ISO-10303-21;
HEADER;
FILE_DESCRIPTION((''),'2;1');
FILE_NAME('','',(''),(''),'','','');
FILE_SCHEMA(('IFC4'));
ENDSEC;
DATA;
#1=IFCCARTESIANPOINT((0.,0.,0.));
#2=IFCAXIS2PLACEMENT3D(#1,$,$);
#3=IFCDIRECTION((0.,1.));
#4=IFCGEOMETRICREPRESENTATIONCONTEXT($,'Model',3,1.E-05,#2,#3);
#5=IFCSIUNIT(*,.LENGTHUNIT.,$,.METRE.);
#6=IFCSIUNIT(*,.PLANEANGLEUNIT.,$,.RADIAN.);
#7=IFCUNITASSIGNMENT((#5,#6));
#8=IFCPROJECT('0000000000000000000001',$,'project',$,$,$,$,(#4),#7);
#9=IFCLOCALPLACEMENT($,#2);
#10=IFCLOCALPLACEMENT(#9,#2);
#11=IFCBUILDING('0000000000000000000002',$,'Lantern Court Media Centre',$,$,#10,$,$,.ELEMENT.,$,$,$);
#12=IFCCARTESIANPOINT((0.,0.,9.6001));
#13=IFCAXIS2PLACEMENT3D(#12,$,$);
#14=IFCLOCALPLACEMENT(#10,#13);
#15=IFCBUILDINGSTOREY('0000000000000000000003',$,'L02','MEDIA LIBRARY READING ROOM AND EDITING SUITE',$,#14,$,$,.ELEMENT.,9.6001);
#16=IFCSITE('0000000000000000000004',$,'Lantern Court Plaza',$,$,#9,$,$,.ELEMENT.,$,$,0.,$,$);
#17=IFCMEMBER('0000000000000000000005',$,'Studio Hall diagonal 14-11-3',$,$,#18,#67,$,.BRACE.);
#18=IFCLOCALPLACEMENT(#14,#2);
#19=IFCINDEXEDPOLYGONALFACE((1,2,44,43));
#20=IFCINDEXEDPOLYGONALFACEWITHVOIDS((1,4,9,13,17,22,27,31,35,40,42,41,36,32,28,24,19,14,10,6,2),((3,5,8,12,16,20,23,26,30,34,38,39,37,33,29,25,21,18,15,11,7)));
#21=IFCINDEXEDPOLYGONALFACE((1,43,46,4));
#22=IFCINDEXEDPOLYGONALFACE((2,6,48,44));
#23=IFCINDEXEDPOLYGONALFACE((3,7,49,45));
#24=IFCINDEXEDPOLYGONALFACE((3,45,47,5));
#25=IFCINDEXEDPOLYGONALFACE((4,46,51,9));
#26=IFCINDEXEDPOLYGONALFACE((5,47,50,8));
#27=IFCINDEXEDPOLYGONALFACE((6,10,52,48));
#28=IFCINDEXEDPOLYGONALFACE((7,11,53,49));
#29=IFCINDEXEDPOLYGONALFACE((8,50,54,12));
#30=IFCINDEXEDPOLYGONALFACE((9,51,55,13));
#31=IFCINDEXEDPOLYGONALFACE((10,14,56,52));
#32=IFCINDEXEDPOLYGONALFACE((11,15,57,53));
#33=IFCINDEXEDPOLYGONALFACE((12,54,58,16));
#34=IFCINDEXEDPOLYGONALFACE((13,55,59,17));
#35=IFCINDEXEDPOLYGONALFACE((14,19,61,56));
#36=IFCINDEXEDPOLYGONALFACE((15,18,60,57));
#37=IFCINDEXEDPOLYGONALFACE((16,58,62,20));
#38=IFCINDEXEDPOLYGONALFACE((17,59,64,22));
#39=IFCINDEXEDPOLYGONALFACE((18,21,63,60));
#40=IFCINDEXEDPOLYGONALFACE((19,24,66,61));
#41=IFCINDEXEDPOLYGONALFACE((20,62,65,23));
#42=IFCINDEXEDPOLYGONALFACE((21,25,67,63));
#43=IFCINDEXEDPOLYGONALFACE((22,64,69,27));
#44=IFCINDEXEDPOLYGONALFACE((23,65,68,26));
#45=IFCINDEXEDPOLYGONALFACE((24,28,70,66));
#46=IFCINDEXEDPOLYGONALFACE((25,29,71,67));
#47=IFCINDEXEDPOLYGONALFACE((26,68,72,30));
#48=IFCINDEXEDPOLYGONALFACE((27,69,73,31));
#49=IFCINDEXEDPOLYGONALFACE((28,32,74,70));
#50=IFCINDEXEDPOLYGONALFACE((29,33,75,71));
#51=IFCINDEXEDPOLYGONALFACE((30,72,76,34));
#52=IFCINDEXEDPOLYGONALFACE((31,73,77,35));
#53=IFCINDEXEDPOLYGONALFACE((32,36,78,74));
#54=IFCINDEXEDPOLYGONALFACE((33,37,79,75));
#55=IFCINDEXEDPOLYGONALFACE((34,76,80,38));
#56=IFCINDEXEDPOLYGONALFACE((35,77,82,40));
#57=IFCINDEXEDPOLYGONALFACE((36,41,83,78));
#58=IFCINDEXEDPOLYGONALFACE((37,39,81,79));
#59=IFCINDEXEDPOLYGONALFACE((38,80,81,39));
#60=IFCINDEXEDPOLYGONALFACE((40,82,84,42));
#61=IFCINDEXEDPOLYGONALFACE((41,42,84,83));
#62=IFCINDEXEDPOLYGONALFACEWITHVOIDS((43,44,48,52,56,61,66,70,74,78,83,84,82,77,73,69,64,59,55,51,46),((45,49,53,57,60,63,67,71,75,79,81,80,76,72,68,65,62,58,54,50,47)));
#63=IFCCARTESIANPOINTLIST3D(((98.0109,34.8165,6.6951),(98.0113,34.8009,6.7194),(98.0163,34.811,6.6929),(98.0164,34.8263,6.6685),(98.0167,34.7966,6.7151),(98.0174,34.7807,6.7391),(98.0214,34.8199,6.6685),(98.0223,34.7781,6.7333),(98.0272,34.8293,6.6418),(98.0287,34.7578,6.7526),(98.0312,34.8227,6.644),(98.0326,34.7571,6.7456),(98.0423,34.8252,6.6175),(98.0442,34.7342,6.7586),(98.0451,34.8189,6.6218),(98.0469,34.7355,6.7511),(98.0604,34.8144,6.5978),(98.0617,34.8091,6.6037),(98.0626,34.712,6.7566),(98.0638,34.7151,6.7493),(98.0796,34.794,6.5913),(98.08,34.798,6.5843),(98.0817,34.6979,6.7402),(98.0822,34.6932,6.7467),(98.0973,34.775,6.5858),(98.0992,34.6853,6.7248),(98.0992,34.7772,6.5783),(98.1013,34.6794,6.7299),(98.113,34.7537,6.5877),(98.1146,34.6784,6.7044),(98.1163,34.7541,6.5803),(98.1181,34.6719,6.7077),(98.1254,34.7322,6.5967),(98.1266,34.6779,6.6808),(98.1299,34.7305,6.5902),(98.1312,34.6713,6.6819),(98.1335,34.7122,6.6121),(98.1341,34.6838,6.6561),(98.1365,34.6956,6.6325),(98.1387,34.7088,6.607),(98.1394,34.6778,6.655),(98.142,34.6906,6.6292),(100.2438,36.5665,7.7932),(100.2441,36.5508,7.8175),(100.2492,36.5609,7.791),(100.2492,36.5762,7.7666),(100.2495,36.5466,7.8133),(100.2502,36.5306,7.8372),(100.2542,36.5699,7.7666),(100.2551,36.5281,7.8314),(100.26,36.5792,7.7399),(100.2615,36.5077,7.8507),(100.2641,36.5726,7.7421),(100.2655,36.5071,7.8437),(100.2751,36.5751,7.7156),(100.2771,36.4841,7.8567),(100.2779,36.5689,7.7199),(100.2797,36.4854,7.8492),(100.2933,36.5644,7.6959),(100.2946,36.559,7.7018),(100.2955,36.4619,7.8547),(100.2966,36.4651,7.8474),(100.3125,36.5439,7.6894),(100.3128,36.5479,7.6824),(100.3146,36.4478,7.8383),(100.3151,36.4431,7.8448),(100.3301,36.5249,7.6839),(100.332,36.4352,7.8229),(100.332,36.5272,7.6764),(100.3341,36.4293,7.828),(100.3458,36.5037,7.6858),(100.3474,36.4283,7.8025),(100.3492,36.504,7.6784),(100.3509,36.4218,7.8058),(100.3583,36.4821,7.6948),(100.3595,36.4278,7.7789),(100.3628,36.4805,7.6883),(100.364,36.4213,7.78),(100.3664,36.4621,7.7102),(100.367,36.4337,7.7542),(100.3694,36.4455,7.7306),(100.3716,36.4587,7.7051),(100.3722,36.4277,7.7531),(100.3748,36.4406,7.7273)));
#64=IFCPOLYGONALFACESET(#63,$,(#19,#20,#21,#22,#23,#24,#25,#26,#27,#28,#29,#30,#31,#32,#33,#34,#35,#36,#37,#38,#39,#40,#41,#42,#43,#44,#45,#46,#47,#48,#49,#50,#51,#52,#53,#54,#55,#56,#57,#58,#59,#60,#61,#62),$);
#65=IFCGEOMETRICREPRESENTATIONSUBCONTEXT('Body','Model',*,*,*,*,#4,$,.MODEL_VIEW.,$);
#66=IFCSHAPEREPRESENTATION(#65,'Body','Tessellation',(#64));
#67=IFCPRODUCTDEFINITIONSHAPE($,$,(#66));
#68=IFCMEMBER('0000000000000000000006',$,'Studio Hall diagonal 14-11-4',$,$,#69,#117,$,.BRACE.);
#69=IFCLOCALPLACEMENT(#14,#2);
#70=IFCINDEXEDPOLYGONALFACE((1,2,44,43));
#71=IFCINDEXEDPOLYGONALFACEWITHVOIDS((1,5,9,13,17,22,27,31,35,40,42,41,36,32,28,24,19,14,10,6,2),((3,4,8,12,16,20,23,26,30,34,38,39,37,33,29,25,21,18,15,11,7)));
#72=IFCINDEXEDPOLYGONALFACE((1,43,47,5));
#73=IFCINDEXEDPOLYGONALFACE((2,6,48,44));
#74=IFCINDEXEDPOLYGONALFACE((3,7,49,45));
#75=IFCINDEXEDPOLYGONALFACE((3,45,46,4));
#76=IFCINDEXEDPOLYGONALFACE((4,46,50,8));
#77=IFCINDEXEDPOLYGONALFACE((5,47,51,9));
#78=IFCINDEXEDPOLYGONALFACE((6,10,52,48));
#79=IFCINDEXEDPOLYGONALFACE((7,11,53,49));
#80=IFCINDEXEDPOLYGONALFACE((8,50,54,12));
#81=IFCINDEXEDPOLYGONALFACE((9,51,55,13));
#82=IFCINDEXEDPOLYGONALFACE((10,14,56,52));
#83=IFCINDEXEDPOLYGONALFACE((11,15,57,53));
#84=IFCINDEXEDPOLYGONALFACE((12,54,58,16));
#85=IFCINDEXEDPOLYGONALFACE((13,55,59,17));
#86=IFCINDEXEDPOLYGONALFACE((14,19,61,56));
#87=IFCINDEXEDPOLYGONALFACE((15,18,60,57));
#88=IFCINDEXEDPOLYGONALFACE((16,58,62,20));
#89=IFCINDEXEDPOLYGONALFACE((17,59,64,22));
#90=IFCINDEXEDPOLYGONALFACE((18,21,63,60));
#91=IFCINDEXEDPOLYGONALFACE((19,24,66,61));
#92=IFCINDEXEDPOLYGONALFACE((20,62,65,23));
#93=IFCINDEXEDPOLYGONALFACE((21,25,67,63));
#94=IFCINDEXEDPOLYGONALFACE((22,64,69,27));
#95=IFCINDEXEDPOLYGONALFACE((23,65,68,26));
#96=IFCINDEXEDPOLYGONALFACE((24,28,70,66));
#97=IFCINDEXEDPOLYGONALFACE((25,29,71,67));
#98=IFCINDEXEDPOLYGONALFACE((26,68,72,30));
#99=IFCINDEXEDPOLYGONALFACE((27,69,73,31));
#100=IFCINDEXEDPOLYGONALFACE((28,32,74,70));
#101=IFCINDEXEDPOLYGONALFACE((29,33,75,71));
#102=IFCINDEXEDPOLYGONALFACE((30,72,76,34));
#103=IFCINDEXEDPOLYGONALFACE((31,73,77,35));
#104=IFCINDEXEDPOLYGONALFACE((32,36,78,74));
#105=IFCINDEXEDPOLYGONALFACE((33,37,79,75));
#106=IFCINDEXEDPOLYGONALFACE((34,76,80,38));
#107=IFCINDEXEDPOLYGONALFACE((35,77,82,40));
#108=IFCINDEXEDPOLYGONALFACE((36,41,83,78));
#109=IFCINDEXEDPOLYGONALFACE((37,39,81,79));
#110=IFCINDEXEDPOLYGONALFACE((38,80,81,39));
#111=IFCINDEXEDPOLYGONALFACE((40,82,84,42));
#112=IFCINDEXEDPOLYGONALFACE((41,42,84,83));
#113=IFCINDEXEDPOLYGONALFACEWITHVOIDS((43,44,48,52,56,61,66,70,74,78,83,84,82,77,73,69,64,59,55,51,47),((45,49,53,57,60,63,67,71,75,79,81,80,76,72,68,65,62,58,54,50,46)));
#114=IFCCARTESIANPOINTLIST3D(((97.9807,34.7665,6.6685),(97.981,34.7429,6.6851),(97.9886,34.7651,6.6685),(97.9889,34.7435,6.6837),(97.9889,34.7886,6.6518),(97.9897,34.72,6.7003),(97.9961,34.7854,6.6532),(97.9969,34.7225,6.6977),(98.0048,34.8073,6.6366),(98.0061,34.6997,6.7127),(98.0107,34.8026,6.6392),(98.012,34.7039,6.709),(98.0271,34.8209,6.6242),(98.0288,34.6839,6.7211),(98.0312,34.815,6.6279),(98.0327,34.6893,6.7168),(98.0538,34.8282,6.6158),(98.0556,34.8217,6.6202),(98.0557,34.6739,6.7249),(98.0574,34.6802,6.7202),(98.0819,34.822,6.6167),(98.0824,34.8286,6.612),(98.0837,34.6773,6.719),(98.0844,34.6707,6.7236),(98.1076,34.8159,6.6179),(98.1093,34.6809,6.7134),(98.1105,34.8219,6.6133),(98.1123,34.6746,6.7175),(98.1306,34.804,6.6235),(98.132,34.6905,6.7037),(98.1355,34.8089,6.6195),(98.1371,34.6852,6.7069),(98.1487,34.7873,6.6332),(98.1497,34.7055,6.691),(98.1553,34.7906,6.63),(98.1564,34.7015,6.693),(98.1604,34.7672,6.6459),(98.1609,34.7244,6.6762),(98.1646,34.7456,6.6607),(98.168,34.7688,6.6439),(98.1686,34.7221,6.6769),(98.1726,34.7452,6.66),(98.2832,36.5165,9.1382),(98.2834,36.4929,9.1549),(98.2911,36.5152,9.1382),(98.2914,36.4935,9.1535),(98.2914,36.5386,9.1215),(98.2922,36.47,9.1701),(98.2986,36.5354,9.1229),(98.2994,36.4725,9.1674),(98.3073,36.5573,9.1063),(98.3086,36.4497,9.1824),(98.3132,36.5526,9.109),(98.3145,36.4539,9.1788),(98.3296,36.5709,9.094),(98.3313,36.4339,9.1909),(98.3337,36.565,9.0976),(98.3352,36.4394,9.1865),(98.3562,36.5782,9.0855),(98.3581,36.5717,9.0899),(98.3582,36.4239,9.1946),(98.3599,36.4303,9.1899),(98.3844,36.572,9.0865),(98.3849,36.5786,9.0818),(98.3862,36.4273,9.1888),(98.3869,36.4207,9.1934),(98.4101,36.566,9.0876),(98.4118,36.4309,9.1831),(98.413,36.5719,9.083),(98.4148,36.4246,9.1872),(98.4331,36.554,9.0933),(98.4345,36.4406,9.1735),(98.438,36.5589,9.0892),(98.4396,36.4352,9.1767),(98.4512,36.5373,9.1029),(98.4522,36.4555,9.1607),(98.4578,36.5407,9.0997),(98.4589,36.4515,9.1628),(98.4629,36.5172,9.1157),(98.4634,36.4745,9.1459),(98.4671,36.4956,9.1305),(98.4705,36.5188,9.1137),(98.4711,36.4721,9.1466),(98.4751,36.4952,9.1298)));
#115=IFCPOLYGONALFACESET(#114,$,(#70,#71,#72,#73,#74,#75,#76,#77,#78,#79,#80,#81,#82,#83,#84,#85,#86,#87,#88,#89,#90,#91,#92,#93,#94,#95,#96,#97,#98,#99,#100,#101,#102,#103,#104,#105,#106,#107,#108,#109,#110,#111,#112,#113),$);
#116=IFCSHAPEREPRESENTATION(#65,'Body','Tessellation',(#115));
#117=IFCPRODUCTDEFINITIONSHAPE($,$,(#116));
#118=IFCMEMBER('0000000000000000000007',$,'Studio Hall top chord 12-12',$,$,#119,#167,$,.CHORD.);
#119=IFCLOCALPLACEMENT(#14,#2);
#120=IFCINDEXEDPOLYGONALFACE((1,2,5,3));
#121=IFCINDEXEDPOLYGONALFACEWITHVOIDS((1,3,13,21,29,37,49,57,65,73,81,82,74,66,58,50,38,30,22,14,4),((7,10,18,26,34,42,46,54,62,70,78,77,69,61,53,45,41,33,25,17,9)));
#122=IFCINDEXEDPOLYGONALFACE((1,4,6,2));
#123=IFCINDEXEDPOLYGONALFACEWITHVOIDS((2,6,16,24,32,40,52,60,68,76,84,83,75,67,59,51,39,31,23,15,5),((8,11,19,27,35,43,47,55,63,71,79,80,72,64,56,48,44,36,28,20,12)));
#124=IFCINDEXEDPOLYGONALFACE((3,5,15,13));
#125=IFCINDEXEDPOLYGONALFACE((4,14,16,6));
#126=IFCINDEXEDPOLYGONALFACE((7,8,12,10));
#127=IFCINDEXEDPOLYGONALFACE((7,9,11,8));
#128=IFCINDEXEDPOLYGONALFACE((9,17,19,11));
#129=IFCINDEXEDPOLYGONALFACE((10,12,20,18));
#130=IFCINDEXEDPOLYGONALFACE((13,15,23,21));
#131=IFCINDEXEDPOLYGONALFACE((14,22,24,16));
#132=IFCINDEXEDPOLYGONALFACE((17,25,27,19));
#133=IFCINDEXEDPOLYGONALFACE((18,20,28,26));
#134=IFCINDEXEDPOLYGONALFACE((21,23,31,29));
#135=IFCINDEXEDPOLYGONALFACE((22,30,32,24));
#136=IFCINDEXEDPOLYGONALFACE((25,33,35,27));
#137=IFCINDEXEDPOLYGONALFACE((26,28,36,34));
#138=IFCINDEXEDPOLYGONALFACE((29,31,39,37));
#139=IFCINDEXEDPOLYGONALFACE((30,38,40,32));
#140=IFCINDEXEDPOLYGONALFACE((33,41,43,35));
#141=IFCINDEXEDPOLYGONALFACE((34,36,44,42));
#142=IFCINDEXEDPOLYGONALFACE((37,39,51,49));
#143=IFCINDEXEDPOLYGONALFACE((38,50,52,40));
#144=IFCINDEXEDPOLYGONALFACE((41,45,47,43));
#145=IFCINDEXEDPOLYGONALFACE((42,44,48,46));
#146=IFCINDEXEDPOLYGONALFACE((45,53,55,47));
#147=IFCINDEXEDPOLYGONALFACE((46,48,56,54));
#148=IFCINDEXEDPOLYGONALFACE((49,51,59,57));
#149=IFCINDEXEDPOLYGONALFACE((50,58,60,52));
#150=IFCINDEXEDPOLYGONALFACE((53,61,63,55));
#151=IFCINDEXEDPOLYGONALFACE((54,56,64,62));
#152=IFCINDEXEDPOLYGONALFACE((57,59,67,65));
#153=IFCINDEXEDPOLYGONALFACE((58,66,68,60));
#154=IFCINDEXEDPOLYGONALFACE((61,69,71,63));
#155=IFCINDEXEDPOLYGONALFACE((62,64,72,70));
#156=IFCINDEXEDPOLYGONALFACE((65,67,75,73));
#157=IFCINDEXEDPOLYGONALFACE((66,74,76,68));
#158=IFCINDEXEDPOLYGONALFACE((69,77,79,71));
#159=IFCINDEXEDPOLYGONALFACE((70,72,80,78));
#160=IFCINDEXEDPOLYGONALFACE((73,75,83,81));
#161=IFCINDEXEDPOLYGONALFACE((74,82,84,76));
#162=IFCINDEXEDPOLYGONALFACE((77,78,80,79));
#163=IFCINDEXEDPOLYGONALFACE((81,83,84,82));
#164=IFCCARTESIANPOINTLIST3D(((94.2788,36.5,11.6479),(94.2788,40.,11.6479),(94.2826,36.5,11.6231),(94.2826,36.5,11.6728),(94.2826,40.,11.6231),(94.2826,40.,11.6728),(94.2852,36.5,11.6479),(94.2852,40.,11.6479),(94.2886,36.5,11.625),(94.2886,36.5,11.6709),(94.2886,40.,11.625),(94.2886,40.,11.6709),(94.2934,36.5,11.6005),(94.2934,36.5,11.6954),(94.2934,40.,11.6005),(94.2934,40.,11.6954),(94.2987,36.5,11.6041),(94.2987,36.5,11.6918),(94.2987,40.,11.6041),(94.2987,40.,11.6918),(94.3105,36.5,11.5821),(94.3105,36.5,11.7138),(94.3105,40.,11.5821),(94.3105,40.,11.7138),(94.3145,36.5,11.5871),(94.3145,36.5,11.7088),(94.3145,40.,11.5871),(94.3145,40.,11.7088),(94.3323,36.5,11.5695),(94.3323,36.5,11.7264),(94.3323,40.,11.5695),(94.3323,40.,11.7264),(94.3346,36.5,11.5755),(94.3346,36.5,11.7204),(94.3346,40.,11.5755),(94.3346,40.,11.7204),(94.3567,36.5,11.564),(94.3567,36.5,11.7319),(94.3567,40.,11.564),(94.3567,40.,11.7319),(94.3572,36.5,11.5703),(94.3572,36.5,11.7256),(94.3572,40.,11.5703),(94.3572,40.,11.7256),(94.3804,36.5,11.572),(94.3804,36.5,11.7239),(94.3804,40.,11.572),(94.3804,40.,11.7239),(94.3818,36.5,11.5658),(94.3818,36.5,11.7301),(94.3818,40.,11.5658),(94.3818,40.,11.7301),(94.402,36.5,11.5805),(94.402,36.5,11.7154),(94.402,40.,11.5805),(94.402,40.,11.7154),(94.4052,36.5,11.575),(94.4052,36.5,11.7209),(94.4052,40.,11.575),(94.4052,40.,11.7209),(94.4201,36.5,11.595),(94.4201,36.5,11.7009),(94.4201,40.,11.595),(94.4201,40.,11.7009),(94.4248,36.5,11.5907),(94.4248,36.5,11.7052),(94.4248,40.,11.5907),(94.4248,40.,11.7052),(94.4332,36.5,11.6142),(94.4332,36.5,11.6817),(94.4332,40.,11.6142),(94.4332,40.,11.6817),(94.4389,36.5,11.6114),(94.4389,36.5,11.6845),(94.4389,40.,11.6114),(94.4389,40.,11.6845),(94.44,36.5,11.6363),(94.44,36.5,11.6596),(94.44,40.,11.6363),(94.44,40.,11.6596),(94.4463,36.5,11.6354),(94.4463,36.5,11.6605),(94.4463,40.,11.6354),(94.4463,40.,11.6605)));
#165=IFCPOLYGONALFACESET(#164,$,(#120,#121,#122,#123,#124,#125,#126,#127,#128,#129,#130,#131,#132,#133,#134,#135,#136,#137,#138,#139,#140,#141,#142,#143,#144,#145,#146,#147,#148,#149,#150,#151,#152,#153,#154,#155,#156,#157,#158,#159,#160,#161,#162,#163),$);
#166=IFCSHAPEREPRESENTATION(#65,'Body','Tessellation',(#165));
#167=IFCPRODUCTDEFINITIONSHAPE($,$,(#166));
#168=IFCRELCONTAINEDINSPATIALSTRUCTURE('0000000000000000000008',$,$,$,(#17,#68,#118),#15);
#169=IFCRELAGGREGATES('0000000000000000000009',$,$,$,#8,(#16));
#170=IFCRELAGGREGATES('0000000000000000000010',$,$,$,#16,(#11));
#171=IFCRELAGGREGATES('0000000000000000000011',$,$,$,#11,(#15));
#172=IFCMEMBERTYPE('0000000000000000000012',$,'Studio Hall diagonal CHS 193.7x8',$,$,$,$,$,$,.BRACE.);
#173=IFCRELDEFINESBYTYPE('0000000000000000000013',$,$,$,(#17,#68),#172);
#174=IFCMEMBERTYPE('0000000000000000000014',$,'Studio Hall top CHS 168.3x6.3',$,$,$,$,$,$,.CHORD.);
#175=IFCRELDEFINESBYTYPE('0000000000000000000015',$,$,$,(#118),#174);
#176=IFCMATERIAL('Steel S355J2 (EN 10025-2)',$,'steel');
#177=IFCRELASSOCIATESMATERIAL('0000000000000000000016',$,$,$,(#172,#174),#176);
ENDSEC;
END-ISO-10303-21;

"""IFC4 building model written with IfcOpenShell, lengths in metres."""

from ifc_helpers import new_model, si_unit, direction, frame, origin, origin_2d, place, context, subcontext, project, spatial, hollow_circle, extrude, material, material_profile, profile_set, type_object, element, save


model = new_model("IFC4")

# Units and contexts
model_context = context("Model", 3, precision=1e-05, world=origin(), true_north=direction((0.0, 1.0)))
body_context = subcontext(model_context, "Body", "Model", "MODEL_VIEW")
ifc_project = project(units=[si_unit("LENGTHUNIT", "METRE"), si_unit("PLANEANGLEUNIT", "RADIAN")], contexts=[model_context])

# Site, building, storey
site_placement = place(None, origin())
site = spatial("IfcSite", under=ifc_project, at=site_placement, Name="Lantern Court Plaza", CompositionType="ELEMENT", RefElevation=0.0)
building_placement = place(site_placement, origin())
building = spatial("IfcBuilding", under=site, at=building_placement, Name="Lantern Court Media Centre", CompositionType="ELEMENT")
storey_placement = place(building_placement, frame((0.0, 0.0, 9.6001)))
storey = spatial("IfcBuildingStorey", under=building, at=storey_placement, Name="L02", Description="MEDIA LIBRARY READING ROOM AND EDITING SUITE", CompositionType="ELEMENT", Elevation=9.6001)

# Members
ifc_material = material(Name="Steel S355J2 (EN 10025-2)", Category="steel")
ifc_material_profile_1 = material_profile(ifc_material, hollow_circle(Radius=0.0969, WallThickness=0.0081, at=origin_2d()), Name="Studio Hall diagonal CHS 193.7x8")
ifc_profile_set_1 = profile_set([ifc_material_profile_1], Name="Steel S355J2 (EN 10025-2)")
member_type_1 = type_object("IfcMemberType", Name="Studio Hall diagonal CHS 193.7x8", PredefinedType="BRACE", material=ifc_profile_set_1)
for number, where, z_axis, x_axis, name in (
    (1, (98.0762, 34.75, 6.6685), (0.734005, 0.575262, 0.360984), (-0.616856, 0.787076, 0.0), "Studio Hall diagonal 14-11-3"),
    (2, (98.0762, 34.75, 6.6685), (0.099439, 0.575286, 0.811885), (-0.985388, 0.170326, 0.0), "Studio Hall diagonal 14-11-4"),
):
    element("IfcMember", number, at=place(storey_placement, frame(where, z_axis=z_axis, x_axis=x_axis)), inside=storey, type_object=member_type_1, Name=name, PredefinedType="BRACE", context=body_context, shape_type="SweptSolid", body=[
        extrude(hollow_circle(Radius=0.0969, WallThickness=0.0081, at=origin_2d()), origin(), (0.0, 0.0, 1.0), 3.042),
    ])
ifc_material_profile_2 = material_profile(ifc_material, hollow_circle(Radius=0.0842, WallThickness=0.0063, at=origin_2d()), Name="Studio Hall top CHS 168.3x6.3")
ifc_profile_set_2 = profile_set([ifc_material_profile_2], Name="Steel S355J2 (EN 10025-2)")
member_type_2 = type_object("IfcMemberType", Name="Studio Hall top CHS 168.3x6.3", PredefinedType="CHORD", material=ifc_profile_set_2)
member_1_placement = place(storey_placement, frame((94.363, 36.5, 11.6479), z_axis=(0.0, 1.0, 0.0), x_axis=(-1.0, 0.0, 0.0)))
element("IfcMember", 3, at=member_1_placement, inside=storey, type_object=member_type_2, Name="Studio Hall top chord 12-12", PredefinedType="CHORD", context=body_context, shape_type="SweptSolid", body=[
    extrude(hollow_circle(Radius=0.0842, WallThickness=0.0063, at=origin_2d()), origin(), (0.0, 0.0, 1.0), 3.5),
])

save(model, "model.ifc")
